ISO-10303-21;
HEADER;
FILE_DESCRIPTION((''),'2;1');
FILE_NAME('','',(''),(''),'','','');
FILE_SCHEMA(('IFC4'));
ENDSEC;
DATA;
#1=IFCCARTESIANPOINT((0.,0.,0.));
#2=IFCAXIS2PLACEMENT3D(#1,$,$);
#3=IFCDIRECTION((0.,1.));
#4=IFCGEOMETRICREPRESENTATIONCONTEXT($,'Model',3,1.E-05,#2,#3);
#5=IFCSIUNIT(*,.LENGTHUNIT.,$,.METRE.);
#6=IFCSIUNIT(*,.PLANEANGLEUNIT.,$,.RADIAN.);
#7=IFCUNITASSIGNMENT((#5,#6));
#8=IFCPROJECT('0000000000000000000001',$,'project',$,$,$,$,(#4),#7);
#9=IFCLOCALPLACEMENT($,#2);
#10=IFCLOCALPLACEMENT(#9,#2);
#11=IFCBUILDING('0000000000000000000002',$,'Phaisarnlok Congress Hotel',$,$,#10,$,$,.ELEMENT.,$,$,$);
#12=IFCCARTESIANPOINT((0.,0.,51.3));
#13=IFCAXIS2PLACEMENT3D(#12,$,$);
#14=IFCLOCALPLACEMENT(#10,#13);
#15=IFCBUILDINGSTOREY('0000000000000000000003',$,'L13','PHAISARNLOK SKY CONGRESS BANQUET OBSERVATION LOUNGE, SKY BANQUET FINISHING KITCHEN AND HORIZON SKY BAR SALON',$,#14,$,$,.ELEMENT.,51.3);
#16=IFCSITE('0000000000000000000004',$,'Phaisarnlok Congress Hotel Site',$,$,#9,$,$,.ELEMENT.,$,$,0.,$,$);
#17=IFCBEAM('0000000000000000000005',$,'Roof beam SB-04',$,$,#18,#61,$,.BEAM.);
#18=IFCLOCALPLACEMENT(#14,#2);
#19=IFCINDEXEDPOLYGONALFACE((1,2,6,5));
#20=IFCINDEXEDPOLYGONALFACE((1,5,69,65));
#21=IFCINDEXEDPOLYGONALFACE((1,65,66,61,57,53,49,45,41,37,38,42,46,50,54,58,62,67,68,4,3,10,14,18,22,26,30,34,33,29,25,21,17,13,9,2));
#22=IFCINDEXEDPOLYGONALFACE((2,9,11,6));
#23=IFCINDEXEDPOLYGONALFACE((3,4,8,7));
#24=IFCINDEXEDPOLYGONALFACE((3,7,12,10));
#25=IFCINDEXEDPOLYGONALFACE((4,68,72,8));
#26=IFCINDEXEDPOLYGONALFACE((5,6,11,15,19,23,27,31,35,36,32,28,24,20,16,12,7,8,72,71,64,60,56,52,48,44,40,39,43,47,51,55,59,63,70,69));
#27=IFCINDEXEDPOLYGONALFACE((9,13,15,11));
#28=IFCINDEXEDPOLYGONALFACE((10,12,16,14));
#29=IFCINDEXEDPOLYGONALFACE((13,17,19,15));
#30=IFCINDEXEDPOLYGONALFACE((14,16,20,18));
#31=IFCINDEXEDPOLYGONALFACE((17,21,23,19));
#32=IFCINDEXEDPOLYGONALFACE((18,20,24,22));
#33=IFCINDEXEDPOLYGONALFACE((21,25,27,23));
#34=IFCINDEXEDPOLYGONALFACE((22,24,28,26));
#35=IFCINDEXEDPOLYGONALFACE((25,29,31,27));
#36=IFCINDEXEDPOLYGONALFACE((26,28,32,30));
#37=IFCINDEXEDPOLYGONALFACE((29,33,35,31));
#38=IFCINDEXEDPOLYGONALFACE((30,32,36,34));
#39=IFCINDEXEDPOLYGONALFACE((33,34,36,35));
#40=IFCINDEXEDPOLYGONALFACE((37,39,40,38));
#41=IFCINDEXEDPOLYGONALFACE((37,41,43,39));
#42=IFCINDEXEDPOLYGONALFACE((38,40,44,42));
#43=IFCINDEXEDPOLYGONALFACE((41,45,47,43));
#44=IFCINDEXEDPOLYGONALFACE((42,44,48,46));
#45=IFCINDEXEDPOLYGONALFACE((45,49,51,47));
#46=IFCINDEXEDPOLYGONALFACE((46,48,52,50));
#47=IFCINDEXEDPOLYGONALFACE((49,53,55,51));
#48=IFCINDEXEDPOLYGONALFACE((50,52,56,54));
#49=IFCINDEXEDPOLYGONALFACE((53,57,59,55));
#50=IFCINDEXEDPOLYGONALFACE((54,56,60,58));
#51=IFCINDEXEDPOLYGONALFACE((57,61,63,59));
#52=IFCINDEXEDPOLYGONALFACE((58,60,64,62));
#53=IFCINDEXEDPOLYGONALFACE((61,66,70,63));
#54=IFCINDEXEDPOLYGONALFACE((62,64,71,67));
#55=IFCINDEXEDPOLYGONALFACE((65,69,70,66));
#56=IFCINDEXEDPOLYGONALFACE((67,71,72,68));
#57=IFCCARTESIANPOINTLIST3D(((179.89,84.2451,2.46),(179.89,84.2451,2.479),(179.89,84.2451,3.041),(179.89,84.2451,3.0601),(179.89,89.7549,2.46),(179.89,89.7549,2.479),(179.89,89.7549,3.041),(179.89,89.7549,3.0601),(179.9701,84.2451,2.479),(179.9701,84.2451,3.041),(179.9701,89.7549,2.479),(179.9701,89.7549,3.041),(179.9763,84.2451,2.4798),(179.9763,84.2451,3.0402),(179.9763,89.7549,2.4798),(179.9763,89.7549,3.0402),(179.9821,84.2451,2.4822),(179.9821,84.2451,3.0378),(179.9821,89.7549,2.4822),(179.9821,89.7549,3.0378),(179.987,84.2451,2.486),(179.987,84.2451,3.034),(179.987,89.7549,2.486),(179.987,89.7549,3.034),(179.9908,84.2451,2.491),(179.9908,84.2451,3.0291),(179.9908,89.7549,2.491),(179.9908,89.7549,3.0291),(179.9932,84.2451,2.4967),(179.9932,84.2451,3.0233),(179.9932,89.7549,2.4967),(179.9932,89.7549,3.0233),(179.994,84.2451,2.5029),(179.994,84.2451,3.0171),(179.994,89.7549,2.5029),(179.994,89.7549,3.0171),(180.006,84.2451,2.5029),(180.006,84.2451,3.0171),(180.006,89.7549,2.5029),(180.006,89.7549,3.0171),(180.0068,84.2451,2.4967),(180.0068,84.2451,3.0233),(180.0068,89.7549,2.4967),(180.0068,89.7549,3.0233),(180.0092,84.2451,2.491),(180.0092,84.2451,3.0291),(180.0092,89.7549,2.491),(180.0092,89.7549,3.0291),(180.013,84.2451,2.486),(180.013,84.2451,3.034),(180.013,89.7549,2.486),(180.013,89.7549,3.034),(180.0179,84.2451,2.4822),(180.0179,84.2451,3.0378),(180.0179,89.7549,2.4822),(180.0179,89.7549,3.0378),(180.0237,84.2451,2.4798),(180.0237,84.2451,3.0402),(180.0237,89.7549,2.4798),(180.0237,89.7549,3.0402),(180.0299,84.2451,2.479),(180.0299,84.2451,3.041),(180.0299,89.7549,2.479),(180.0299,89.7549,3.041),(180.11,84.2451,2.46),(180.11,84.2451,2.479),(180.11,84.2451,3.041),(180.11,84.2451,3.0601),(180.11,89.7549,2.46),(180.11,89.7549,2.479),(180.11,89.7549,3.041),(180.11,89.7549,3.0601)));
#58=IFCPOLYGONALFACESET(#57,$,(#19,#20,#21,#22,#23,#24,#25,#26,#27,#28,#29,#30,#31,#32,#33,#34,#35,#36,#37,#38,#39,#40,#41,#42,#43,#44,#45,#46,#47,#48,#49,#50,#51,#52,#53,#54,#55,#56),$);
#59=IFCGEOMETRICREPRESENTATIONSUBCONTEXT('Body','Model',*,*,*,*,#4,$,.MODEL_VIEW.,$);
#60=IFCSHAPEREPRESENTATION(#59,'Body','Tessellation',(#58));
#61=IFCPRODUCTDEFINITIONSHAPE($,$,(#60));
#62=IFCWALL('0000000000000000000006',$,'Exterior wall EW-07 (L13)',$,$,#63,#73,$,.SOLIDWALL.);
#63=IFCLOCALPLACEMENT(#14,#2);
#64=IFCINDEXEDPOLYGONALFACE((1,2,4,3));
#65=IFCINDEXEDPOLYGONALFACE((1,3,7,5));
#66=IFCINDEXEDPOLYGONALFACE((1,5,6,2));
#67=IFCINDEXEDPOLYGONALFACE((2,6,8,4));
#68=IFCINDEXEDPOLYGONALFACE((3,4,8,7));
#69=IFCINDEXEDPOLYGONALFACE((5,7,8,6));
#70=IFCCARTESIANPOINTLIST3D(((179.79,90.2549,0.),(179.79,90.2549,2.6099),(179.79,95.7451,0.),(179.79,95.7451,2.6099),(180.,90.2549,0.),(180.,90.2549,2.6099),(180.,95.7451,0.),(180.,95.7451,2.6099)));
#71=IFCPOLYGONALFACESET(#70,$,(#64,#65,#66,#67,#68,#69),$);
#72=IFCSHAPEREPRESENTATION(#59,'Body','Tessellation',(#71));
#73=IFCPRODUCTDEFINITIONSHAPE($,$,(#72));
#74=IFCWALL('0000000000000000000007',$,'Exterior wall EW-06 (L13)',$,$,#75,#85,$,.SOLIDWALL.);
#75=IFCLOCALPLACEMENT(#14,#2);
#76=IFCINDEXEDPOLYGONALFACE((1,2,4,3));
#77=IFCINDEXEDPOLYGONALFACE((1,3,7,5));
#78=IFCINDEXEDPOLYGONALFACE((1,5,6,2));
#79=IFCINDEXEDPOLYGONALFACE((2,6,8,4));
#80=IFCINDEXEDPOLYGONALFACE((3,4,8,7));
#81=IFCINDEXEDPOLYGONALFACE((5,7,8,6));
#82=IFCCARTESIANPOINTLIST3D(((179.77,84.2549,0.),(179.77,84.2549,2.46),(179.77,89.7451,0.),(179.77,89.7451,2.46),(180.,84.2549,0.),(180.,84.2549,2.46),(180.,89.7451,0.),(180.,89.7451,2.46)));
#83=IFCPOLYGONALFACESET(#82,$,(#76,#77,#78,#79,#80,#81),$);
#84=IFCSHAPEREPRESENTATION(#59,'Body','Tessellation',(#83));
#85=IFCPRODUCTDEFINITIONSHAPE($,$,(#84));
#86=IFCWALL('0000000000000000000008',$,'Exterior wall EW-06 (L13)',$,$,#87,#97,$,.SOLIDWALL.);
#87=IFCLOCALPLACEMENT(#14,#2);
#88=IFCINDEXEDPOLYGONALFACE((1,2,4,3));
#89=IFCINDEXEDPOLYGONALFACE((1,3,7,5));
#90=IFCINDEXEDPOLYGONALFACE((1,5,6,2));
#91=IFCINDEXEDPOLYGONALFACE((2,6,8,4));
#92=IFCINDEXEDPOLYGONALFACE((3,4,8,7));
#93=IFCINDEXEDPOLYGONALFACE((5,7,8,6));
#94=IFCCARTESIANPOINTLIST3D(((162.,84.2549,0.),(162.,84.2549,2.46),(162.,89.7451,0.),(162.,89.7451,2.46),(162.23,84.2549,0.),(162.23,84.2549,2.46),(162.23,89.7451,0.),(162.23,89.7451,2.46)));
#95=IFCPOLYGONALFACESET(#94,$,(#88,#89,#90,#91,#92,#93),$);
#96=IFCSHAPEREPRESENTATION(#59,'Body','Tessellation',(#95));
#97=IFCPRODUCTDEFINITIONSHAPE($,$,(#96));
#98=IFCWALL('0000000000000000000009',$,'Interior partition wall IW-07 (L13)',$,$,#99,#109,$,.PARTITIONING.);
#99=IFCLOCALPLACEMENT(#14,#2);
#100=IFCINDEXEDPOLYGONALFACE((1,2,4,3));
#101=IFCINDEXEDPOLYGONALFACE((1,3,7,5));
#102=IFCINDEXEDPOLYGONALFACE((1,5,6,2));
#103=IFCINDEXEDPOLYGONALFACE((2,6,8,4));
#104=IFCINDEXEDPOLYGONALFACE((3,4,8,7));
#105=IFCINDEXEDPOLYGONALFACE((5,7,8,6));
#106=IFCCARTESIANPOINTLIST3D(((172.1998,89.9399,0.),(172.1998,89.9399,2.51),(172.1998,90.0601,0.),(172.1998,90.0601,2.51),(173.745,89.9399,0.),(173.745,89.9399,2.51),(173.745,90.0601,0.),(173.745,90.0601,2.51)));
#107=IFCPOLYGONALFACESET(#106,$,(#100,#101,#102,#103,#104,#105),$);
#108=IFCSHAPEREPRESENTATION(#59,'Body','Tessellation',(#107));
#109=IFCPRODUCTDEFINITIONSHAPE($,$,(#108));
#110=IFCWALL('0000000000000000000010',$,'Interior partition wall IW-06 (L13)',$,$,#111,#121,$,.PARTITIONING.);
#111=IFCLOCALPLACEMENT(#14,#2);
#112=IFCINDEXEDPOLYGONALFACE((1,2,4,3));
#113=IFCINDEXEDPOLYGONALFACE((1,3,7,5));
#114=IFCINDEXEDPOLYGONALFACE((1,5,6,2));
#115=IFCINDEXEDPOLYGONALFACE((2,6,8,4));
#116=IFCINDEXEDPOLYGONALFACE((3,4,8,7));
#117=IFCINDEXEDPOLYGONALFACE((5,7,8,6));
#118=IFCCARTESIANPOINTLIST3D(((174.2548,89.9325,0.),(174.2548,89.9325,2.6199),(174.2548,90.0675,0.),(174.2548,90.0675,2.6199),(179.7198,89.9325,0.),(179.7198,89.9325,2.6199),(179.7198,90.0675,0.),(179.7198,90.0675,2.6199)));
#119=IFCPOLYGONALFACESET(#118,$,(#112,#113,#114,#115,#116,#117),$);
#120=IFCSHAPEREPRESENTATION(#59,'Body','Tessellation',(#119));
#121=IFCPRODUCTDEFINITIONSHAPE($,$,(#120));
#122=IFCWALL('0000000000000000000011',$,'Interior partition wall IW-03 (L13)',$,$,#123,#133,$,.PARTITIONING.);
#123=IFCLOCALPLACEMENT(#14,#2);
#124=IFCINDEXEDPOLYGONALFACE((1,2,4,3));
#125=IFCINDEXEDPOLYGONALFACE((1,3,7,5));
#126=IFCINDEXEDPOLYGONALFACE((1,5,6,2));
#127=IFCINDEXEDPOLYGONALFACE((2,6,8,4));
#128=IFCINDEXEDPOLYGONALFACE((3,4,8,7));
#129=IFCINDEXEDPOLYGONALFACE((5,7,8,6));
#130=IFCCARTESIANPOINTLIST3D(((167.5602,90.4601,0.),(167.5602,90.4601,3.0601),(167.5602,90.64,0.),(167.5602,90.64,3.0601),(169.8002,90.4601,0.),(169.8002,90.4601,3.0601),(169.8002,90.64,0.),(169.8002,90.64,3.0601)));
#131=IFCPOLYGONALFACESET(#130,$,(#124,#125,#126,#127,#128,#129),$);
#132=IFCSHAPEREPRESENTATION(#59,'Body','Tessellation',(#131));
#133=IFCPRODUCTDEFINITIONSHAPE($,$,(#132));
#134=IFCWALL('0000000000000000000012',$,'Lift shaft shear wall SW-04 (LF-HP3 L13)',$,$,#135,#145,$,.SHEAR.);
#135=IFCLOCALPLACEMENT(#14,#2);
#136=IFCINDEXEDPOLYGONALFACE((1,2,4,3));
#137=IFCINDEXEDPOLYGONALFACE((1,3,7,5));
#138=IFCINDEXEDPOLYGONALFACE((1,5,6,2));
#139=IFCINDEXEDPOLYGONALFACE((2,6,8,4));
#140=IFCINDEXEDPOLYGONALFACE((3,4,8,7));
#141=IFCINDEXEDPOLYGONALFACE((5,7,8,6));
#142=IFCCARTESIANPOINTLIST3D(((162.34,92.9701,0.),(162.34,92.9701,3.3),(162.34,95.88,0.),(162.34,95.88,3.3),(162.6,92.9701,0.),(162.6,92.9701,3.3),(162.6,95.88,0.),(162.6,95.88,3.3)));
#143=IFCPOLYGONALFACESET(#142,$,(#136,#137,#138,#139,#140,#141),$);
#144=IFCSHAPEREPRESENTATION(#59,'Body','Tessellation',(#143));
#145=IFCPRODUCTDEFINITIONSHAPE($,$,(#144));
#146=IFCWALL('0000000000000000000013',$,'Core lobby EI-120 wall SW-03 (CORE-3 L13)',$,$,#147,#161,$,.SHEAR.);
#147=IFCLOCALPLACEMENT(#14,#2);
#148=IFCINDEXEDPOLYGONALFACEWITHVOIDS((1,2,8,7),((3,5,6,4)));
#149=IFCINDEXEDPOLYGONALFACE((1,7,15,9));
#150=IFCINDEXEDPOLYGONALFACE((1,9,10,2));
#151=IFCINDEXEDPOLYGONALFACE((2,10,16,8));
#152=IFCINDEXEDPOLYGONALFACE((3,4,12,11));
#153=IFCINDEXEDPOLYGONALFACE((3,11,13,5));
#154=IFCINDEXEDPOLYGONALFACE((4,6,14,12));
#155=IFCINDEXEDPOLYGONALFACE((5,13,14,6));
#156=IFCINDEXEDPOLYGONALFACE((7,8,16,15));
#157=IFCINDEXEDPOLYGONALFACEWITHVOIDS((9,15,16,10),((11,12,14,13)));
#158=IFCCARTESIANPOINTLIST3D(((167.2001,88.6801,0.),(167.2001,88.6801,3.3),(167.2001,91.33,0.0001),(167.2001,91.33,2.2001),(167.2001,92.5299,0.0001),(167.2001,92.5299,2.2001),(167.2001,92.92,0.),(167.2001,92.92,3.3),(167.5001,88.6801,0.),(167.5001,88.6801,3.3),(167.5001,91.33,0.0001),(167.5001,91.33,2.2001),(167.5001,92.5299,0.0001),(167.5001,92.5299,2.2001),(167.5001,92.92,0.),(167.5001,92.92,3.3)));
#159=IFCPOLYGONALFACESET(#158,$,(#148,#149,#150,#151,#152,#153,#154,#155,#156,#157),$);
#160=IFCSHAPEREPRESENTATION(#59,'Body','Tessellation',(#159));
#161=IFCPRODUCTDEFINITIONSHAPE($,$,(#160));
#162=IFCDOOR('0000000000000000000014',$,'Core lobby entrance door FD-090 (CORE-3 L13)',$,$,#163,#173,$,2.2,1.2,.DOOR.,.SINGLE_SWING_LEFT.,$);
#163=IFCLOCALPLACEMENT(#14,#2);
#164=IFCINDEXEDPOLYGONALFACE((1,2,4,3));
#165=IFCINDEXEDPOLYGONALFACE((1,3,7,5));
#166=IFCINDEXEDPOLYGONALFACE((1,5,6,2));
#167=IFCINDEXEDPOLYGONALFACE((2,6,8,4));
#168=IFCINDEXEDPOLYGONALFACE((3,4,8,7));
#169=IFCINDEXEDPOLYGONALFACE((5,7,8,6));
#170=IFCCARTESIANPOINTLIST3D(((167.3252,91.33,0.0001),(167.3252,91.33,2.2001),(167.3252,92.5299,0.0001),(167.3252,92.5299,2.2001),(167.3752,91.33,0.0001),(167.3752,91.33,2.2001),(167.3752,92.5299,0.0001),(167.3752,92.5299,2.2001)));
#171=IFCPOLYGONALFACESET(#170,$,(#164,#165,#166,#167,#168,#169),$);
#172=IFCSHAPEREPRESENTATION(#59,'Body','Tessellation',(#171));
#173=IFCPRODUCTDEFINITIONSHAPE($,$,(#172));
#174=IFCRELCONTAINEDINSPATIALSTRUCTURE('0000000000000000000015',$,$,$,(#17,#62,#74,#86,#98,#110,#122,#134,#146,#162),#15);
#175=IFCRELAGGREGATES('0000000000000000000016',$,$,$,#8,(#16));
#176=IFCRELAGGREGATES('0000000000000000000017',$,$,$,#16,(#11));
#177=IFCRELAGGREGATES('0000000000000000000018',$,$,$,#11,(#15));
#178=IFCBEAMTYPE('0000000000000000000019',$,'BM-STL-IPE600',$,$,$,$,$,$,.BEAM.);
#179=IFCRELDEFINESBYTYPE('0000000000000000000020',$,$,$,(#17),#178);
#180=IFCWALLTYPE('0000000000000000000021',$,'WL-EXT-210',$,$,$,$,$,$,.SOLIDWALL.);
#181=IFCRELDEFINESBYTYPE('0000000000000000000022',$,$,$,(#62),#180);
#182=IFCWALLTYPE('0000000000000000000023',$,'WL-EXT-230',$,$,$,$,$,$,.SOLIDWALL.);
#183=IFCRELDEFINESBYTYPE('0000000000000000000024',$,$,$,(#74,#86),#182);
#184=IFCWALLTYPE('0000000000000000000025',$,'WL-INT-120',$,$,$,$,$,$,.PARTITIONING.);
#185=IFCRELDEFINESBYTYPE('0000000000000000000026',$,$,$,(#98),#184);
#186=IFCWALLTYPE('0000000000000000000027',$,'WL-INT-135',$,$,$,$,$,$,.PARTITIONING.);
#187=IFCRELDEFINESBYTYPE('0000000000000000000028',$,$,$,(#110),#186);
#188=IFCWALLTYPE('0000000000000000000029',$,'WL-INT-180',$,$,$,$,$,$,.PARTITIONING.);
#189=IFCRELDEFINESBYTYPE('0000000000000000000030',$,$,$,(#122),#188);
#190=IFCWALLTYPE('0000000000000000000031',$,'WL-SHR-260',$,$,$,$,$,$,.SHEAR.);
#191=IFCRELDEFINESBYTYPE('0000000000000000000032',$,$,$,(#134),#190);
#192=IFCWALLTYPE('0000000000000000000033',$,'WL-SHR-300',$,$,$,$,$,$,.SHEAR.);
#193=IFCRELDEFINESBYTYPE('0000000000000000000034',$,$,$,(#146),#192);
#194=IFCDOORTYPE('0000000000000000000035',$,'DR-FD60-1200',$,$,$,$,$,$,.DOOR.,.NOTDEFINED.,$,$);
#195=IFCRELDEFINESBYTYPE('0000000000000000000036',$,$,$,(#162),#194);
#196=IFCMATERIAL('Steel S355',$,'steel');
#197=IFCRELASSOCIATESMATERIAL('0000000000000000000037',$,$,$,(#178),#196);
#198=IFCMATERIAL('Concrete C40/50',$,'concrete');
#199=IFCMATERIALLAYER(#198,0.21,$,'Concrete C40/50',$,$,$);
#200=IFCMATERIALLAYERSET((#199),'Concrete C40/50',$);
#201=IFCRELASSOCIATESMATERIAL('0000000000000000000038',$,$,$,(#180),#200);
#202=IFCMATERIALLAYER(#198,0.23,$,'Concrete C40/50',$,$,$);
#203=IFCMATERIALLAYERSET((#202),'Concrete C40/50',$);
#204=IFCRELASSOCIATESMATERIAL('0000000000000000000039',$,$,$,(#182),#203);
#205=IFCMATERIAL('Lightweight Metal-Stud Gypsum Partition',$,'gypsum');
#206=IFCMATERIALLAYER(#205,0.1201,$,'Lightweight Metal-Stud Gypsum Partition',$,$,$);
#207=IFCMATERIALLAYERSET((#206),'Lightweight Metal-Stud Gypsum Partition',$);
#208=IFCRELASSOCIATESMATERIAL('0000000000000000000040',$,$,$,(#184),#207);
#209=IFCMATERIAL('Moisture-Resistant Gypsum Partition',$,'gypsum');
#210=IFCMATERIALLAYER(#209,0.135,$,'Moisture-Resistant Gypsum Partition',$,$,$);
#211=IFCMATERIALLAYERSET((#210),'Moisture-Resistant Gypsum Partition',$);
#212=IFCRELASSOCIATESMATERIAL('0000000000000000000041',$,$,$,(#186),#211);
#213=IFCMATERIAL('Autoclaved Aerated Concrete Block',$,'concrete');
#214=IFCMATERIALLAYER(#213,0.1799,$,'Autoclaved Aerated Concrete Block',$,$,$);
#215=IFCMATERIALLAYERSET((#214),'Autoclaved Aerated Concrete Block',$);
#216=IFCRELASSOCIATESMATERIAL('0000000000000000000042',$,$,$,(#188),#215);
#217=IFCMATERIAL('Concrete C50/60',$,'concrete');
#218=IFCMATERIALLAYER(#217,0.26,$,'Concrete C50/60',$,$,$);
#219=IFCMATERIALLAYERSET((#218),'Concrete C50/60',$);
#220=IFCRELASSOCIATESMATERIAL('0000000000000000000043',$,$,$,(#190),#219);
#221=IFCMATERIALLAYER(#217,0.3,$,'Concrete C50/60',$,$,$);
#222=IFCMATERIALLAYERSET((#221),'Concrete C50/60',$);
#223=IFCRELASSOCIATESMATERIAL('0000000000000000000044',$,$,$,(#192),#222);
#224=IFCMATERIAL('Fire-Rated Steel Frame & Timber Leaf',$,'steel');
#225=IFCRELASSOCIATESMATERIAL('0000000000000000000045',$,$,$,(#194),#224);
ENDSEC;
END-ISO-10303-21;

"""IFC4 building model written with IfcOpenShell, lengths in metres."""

from ifc_helpers import new_model, si_unit, direction, frame, frame_2d, origin, origin_2d, place, context, subcontext, project, spatial, rectangle, i_section, extrude, material, layer, layer_set, material_profile, profile_set, type_object, element, fill, save


model = new_model("IFC4")

# Units and contexts
model_context = context("Model", 3, precision=1e-05, world=origin(), true_north=direction((0.0, 1.0)))
body_context = subcontext(model_context, "Body", "Model", "MODEL_VIEW")
ifc_project = project(units=[si_unit("LENGTHUNIT", "METRE"), si_unit("PLANEANGLEUNIT", "RADIAN")], contexts=[model_context])

# Site, building, storey
site_placement = place(None, origin())
site = spatial("IfcSite", under=ifc_project, at=site_placement, Name="Phaisarnlok Congress Hotel Site", CompositionType="ELEMENT", RefElevation=0.0)
building_placement = place(site_placement, origin())
building = spatial("IfcBuilding", under=site, at=building_placement, Name="Phaisarnlok Congress Hotel", CompositionType="ELEMENT")
storey_placement = place(building_placement, frame((0.0, 0.0, 51.3)))
storey = spatial("IfcBuildingStorey", under=building, at=storey_placement, Name="L13", Description="PHAISARNLOK SKY CONGRESS BANQUET OBSERVATION LOUNGE, SKY BANQUET FINISHING KITCHEN AND HORIZON SKY BAR SALON", CompositionType="ELEMENT", Elevation=51.3)

# Shared definitions
ifc_material_1 = material(Name="Concrete C50/60", Category="concrete")

# Beam
ifc_material_2 = material(Name="Concrete C40/50", Category="concrete")
ifc_material_3 = material(Name="Steel S355", Category="steel")
ifc_material_profile_1 = material_profile(ifc_material_3, i_section(OverallWidth=0.22, OverallDepth=0.6001, WebThickness=0.012, FlangeThickness=0.019, FilletRadius=0.0239, at=origin_2d()), Name="IPE 600")
ifc_profile_set_1 = profile_set([ifc_material_profile_1], Name="Steel S355")
beam_type_1 = type_object("IfcBeamType", Name="BM-STL-IPE600", PredefinedType="BEAM", material=ifc_profile_set_1)
for number, where, z_axis, x_axis, name in (
    (1, (180.0, 84.2451, 2.76), (0.0, 1.0, 0.0), (-1.0, 0.0, 0.0), "Roof beam SB-04"),
):
    element("IfcBeam", number, at=place(storey_placement, frame(where, z_axis=z_axis, x_axis=x_axis)), inside=storey, type_object=beam_type_1, Name=name, PredefinedType="BEAM", context=body_context, shape_type="SweptSolid", body=[
        extrude(i_section(OverallWidth=0.22, OverallDepth=0.6001, WebThickness=0.012, FlangeThickness=0.019, FilletRadius=0.0239, at=origin_2d()), origin(), (0.0, 0.0, 1.0), 5.5098),
    ])

# Walls
ifc_layer_1 = layer(ifc_material_2, 0.21, Name="Concrete C40/50")
ifc_layer_set_1 = layer_set([ifc_layer_1], Name="Concrete C40/50")
wall_type_1 = type_object("IfcWallType", Name="WL-EXT-210", PredefinedType="SOLIDWALL", material=ifc_layer_set_1)
wall_1_placement = place(storey_placement, frame((179.895, 90.2549, 0.0), z_axis=(0.0, 0.0, 1.0), x_axis=(0.0, 1.0, 0.0)))
element("IfcWall", 2, at=wall_1_placement, inside=storey, type_object=wall_type_1, Name="Exterior wall EW-07 (L13)", PredefinedType="SOLIDWALL", context=body_context, shape_type="SweptSolid", body=[
    extrude(rectangle(XDim=5.4902, YDim=0.21, at=frame_2d((2.7451, 0.0))), origin(), (0.0, 0.0, 1.0), 2.6099),
])
ifc_layer_2 = layer(ifc_material_2, 0.23, Name="Concrete C40/50")
ifc_layer_set_2 = layer_set([ifc_layer_2], Name="Concrete C40/50")
wall_type_2 = type_object("IfcWallType", Name="WL-EXT-230", PredefinedType="SOLIDWALL", material=ifc_layer_set_2)
for number, where, z_axis, x_axis, name in (
    (3, (179.885, 84.2549, 0.0), (0.0, 0.0, 1.0), (0.0, 1.0, 0.0), "Exterior wall EW-06 (L13)"),
    (4, (162.115, 89.7451, 0.0), (0.0, 0.0, 1.0), (0.0, -1.0, 0.0), "Exterior wall EW-06 (L13)"),
):
    element("IfcWall", number, at=place(storey_placement, frame(where, z_axis=z_axis, x_axis=x_axis)), inside=storey, type_object=wall_type_2, Name=name, PredefinedType="SOLIDWALL", context=body_context, shape_type="SweptSolid", body=[
        extrude(rectangle(XDim=5.4902, YDim=0.23, at=frame_2d((2.7451, 0.0))), origin(), (0.0, 0.0, 1.0), 2.46),
    ])
ifc_material_4 = material(Name="Lightweight Metal-Stud Gypsum Partition", Category="gypsum")
ifc_layer_3 = layer(ifc_material_4, 0.1201, Name="Lightweight Metal-Stud Gypsum Partition")
ifc_layer_set_3 = layer_set([ifc_layer_3], Name="Lightweight Metal-Stud Gypsum Partition")
wall_type_3 = type_object("IfcWallType", Name="WL-INT-120", PredefinedType="PARTITIONING", material=ifc_layer_set_3)
wall_2_placement = place(storey_placement, frame((172.2, 90.0, 0.0), z_axis=(0.0, 0.0, 1.0), x_axis=(1.0, 0.0, 0.0)))
element("IfcWall", 5, at=wall_2_placement, inside=storey, type_object=wall_type_3, Name="Interior partition wall IW-07 (L13)", PredefinedType="PARTITIONING", context=body_context, shape_type="SweptSolid", body=[
    extrude(rectangle(XDim=1.5452, YDim=0.1201, at=frame_2d((0.7725, 0.0))), origin(), (0.0, 0.0, 1.0), 2.51),
])
ifc_material_5 = material(Name="Moisture-Resistant Gypsum Partition", Category="gypsum")
ifc_layer_4 = layer(ifc_material_5, 0.135, Name="Moisture-Resistant Gypsum Partition")
ifc_layer_set_4 = layer_set([ifc_layer_4], Name="Moisture-Resistant Gypsum Partition")
wall_type_4 = type_object("IfcWallType", Name="WL-INT-135", PredefinedType="PARTITIONING", material=ifc_layer_set_4)
wall_3_placement = place(storey_placement, frame((174.2549, 90.0, 0.0), z_axis=(0.0, 0.0, 1.0), x_axis=(1.0, 0.0, 0.0)))
element("IfcWall", 6, at=wall_3_placement, inside=storey, type_object=wall_type_4, Name="Interior partition wall IW-06 (L13)", PredefinedType="PARTITIONING", context=body_context, shape_type="SweptSolid", body=[
    extrude(rectangle(XDim=5.4651, YDim=0.135, at=frame_2d((2.7324, 0.0))), origin(), (0.0, 0.0, 1.0), 2.6199),
])
ifc_material_6 = material(Name="Autoclaved Aerated Concrete Block", Category="concrete")
ifc_layer_5 = layer(ifc_material_6, 0.1799, Name="Autoclaved Aerated Concrete Block")
ifc_layer_set_5 = layer_set([ifc_layer_5], Name="Autoclaved Aerated Concrete Block")
wall_type_5 = type_object("IfcWallType", Name="WL-INT-180", PredefinedType="PARTITIONING", material=ifc_layer_set_5)
wall_4_placement = place(storey_placement, frame((167.5601, 90.55, 0.0), z_axis=(0.0, 0.0, 1.0), x_axis=(1.0, 0.0, 0.0)))
element("IfcWall", 7, at=wall_4_placement, inside=storey, type_object=wall_type_5, Name="Interior partition wall IW-03 (L13)", PredefinedType="PARTITIONING", context=body_context, shape_type="SweptSolid", body=[
    extrude(rectangle(XDim=2.24, YDim=0.1799, at=frame_2d((1.1201, 0.0))), origin(), (0.0, 0.0, 1.0), 3.0601),
])

# Shared definitions
ifc_layer_6 = layer(ifc_material_1, 0.26, Name="Concrete C50/60")
ifc_layer_set_6 = layer_set([ifc_layer_6], Name="Concrete C50/60")
wall_type_6 = type_object("IfcWallType", Name="WL-SHR-260", PredefinedType="SHEAR", material=ifc_layer_set_6)
ifc_material_7 = material(Name="Fire-Rated Steel Frame & Timber Leaf", Category="steel")

# Wall
wall_5_placement = place(storey_placement, frame((162.47, 92.97, 0.0), z_axis=(0.0, 0.0, 1.0), x_axis=(0.0, 1.0, 0.0)))
element("IfcWall", 8, at=wall_5_placement, inside=storey, type_object=wall_type_6, Name="Lift shaft shear wall SW-04 (LF-HP3 L13)", PredefinedType="SHEAR", context=body_context, shape_type="SweptSolid", body=[
    extrude(rectangle(XDim=2.9099, YDim=0.26, at=frame_2d((1.4551, 0.0))), origin(), (0.0, 0.0, 1.0), 3.3),
])

# Wall, opening, door
ifc_layer_7 = layer(ifc_material_1, 0.3, Name="Concrete C50/60")
ifc_layer_set_7 = layer_set([ifc_layer_7], Name="Concrete C50/60")
wall_type_7 = type_object("IfcWallType", Name="WL-SHR-300", PredefinedType="SHEAR", material=ifc_layer_set_7)
wall_6_placement = place(storey_placement, frame((167.3501, 88.6799, 0.0), z_axis=(0.0, 0.0, 1.0), x_axis=(0.0, 1.0, 0.0)))
wall_6 = element("IfcWall", 9, at=wall_6_placement, inside=storey, type_object=wall_type_7, Name="Core lobby EI-120 wall SW-03 (CORE-3 L13)", PredefinedType="SHEAR", context=body_context, shape_type="SweptSolid", body=[
    extrude(rectangle(XDim=4.24, YDim=0.3, at=frame_2d((2.1201, 0.0))), origin(), (0.0, 0.0, 1.0), 3.3),
])
opening_1_placement = place(wall_6_placement, frame((2.6499, 0.0, 0.0)))
opening_1 = element("IfcOpeningElement", 10, at=opening_1_placement, cuts=wall_6, PredefinedType="OPENING", context=body_context, shape_type="SweptSolid", body=[
    extrude(rectangle(XDim=1.2, YDim=2.2, at=frame_2d((0.6001, 1.1001))), frame((0.0, 0.1602, 0.0), z_axis=(0.0, -1.0, 0.0), x_axis=(1.0, 0.0, 0.0)), (0.0, 0.0, 1.0), 0.3201),
])
door_type_1 = type_object("IfcDoorType", Name="DR-FD60-1200", OperationType="NOTDEFINED", PredefinedType="DOOR", material=ifc_material_7)
door_1_placement = place(opening_1_placement, origin())
door_1 = element("IfcDoor", 11, at=door_1_placement, inside=storey, type_object=door_type_1, Name="Core lobby entrance door FD-090 (CORE-3 L13)", OperationType="SINGLE_SWING_LEFT", OverallHeight=2.2, OverallWidth=1.2, PredefinedType="DOOR", context=body_context, shape_type="SweptSolid", body=[
    extrude(rectangle(XDim=1.2, YDim=2.2, at=frame_2d((0.6001, 1.1001))), frame((0.0, 0.0249, 0.0), z_axis=(0.0, -1.0, 0.0), x_axis=(1.0, 0.0, 0.0)), (0.0, 0.0, 1.0), 0.05),
])
fill(opening_1, door_1)

save(model, "model.ifc")
